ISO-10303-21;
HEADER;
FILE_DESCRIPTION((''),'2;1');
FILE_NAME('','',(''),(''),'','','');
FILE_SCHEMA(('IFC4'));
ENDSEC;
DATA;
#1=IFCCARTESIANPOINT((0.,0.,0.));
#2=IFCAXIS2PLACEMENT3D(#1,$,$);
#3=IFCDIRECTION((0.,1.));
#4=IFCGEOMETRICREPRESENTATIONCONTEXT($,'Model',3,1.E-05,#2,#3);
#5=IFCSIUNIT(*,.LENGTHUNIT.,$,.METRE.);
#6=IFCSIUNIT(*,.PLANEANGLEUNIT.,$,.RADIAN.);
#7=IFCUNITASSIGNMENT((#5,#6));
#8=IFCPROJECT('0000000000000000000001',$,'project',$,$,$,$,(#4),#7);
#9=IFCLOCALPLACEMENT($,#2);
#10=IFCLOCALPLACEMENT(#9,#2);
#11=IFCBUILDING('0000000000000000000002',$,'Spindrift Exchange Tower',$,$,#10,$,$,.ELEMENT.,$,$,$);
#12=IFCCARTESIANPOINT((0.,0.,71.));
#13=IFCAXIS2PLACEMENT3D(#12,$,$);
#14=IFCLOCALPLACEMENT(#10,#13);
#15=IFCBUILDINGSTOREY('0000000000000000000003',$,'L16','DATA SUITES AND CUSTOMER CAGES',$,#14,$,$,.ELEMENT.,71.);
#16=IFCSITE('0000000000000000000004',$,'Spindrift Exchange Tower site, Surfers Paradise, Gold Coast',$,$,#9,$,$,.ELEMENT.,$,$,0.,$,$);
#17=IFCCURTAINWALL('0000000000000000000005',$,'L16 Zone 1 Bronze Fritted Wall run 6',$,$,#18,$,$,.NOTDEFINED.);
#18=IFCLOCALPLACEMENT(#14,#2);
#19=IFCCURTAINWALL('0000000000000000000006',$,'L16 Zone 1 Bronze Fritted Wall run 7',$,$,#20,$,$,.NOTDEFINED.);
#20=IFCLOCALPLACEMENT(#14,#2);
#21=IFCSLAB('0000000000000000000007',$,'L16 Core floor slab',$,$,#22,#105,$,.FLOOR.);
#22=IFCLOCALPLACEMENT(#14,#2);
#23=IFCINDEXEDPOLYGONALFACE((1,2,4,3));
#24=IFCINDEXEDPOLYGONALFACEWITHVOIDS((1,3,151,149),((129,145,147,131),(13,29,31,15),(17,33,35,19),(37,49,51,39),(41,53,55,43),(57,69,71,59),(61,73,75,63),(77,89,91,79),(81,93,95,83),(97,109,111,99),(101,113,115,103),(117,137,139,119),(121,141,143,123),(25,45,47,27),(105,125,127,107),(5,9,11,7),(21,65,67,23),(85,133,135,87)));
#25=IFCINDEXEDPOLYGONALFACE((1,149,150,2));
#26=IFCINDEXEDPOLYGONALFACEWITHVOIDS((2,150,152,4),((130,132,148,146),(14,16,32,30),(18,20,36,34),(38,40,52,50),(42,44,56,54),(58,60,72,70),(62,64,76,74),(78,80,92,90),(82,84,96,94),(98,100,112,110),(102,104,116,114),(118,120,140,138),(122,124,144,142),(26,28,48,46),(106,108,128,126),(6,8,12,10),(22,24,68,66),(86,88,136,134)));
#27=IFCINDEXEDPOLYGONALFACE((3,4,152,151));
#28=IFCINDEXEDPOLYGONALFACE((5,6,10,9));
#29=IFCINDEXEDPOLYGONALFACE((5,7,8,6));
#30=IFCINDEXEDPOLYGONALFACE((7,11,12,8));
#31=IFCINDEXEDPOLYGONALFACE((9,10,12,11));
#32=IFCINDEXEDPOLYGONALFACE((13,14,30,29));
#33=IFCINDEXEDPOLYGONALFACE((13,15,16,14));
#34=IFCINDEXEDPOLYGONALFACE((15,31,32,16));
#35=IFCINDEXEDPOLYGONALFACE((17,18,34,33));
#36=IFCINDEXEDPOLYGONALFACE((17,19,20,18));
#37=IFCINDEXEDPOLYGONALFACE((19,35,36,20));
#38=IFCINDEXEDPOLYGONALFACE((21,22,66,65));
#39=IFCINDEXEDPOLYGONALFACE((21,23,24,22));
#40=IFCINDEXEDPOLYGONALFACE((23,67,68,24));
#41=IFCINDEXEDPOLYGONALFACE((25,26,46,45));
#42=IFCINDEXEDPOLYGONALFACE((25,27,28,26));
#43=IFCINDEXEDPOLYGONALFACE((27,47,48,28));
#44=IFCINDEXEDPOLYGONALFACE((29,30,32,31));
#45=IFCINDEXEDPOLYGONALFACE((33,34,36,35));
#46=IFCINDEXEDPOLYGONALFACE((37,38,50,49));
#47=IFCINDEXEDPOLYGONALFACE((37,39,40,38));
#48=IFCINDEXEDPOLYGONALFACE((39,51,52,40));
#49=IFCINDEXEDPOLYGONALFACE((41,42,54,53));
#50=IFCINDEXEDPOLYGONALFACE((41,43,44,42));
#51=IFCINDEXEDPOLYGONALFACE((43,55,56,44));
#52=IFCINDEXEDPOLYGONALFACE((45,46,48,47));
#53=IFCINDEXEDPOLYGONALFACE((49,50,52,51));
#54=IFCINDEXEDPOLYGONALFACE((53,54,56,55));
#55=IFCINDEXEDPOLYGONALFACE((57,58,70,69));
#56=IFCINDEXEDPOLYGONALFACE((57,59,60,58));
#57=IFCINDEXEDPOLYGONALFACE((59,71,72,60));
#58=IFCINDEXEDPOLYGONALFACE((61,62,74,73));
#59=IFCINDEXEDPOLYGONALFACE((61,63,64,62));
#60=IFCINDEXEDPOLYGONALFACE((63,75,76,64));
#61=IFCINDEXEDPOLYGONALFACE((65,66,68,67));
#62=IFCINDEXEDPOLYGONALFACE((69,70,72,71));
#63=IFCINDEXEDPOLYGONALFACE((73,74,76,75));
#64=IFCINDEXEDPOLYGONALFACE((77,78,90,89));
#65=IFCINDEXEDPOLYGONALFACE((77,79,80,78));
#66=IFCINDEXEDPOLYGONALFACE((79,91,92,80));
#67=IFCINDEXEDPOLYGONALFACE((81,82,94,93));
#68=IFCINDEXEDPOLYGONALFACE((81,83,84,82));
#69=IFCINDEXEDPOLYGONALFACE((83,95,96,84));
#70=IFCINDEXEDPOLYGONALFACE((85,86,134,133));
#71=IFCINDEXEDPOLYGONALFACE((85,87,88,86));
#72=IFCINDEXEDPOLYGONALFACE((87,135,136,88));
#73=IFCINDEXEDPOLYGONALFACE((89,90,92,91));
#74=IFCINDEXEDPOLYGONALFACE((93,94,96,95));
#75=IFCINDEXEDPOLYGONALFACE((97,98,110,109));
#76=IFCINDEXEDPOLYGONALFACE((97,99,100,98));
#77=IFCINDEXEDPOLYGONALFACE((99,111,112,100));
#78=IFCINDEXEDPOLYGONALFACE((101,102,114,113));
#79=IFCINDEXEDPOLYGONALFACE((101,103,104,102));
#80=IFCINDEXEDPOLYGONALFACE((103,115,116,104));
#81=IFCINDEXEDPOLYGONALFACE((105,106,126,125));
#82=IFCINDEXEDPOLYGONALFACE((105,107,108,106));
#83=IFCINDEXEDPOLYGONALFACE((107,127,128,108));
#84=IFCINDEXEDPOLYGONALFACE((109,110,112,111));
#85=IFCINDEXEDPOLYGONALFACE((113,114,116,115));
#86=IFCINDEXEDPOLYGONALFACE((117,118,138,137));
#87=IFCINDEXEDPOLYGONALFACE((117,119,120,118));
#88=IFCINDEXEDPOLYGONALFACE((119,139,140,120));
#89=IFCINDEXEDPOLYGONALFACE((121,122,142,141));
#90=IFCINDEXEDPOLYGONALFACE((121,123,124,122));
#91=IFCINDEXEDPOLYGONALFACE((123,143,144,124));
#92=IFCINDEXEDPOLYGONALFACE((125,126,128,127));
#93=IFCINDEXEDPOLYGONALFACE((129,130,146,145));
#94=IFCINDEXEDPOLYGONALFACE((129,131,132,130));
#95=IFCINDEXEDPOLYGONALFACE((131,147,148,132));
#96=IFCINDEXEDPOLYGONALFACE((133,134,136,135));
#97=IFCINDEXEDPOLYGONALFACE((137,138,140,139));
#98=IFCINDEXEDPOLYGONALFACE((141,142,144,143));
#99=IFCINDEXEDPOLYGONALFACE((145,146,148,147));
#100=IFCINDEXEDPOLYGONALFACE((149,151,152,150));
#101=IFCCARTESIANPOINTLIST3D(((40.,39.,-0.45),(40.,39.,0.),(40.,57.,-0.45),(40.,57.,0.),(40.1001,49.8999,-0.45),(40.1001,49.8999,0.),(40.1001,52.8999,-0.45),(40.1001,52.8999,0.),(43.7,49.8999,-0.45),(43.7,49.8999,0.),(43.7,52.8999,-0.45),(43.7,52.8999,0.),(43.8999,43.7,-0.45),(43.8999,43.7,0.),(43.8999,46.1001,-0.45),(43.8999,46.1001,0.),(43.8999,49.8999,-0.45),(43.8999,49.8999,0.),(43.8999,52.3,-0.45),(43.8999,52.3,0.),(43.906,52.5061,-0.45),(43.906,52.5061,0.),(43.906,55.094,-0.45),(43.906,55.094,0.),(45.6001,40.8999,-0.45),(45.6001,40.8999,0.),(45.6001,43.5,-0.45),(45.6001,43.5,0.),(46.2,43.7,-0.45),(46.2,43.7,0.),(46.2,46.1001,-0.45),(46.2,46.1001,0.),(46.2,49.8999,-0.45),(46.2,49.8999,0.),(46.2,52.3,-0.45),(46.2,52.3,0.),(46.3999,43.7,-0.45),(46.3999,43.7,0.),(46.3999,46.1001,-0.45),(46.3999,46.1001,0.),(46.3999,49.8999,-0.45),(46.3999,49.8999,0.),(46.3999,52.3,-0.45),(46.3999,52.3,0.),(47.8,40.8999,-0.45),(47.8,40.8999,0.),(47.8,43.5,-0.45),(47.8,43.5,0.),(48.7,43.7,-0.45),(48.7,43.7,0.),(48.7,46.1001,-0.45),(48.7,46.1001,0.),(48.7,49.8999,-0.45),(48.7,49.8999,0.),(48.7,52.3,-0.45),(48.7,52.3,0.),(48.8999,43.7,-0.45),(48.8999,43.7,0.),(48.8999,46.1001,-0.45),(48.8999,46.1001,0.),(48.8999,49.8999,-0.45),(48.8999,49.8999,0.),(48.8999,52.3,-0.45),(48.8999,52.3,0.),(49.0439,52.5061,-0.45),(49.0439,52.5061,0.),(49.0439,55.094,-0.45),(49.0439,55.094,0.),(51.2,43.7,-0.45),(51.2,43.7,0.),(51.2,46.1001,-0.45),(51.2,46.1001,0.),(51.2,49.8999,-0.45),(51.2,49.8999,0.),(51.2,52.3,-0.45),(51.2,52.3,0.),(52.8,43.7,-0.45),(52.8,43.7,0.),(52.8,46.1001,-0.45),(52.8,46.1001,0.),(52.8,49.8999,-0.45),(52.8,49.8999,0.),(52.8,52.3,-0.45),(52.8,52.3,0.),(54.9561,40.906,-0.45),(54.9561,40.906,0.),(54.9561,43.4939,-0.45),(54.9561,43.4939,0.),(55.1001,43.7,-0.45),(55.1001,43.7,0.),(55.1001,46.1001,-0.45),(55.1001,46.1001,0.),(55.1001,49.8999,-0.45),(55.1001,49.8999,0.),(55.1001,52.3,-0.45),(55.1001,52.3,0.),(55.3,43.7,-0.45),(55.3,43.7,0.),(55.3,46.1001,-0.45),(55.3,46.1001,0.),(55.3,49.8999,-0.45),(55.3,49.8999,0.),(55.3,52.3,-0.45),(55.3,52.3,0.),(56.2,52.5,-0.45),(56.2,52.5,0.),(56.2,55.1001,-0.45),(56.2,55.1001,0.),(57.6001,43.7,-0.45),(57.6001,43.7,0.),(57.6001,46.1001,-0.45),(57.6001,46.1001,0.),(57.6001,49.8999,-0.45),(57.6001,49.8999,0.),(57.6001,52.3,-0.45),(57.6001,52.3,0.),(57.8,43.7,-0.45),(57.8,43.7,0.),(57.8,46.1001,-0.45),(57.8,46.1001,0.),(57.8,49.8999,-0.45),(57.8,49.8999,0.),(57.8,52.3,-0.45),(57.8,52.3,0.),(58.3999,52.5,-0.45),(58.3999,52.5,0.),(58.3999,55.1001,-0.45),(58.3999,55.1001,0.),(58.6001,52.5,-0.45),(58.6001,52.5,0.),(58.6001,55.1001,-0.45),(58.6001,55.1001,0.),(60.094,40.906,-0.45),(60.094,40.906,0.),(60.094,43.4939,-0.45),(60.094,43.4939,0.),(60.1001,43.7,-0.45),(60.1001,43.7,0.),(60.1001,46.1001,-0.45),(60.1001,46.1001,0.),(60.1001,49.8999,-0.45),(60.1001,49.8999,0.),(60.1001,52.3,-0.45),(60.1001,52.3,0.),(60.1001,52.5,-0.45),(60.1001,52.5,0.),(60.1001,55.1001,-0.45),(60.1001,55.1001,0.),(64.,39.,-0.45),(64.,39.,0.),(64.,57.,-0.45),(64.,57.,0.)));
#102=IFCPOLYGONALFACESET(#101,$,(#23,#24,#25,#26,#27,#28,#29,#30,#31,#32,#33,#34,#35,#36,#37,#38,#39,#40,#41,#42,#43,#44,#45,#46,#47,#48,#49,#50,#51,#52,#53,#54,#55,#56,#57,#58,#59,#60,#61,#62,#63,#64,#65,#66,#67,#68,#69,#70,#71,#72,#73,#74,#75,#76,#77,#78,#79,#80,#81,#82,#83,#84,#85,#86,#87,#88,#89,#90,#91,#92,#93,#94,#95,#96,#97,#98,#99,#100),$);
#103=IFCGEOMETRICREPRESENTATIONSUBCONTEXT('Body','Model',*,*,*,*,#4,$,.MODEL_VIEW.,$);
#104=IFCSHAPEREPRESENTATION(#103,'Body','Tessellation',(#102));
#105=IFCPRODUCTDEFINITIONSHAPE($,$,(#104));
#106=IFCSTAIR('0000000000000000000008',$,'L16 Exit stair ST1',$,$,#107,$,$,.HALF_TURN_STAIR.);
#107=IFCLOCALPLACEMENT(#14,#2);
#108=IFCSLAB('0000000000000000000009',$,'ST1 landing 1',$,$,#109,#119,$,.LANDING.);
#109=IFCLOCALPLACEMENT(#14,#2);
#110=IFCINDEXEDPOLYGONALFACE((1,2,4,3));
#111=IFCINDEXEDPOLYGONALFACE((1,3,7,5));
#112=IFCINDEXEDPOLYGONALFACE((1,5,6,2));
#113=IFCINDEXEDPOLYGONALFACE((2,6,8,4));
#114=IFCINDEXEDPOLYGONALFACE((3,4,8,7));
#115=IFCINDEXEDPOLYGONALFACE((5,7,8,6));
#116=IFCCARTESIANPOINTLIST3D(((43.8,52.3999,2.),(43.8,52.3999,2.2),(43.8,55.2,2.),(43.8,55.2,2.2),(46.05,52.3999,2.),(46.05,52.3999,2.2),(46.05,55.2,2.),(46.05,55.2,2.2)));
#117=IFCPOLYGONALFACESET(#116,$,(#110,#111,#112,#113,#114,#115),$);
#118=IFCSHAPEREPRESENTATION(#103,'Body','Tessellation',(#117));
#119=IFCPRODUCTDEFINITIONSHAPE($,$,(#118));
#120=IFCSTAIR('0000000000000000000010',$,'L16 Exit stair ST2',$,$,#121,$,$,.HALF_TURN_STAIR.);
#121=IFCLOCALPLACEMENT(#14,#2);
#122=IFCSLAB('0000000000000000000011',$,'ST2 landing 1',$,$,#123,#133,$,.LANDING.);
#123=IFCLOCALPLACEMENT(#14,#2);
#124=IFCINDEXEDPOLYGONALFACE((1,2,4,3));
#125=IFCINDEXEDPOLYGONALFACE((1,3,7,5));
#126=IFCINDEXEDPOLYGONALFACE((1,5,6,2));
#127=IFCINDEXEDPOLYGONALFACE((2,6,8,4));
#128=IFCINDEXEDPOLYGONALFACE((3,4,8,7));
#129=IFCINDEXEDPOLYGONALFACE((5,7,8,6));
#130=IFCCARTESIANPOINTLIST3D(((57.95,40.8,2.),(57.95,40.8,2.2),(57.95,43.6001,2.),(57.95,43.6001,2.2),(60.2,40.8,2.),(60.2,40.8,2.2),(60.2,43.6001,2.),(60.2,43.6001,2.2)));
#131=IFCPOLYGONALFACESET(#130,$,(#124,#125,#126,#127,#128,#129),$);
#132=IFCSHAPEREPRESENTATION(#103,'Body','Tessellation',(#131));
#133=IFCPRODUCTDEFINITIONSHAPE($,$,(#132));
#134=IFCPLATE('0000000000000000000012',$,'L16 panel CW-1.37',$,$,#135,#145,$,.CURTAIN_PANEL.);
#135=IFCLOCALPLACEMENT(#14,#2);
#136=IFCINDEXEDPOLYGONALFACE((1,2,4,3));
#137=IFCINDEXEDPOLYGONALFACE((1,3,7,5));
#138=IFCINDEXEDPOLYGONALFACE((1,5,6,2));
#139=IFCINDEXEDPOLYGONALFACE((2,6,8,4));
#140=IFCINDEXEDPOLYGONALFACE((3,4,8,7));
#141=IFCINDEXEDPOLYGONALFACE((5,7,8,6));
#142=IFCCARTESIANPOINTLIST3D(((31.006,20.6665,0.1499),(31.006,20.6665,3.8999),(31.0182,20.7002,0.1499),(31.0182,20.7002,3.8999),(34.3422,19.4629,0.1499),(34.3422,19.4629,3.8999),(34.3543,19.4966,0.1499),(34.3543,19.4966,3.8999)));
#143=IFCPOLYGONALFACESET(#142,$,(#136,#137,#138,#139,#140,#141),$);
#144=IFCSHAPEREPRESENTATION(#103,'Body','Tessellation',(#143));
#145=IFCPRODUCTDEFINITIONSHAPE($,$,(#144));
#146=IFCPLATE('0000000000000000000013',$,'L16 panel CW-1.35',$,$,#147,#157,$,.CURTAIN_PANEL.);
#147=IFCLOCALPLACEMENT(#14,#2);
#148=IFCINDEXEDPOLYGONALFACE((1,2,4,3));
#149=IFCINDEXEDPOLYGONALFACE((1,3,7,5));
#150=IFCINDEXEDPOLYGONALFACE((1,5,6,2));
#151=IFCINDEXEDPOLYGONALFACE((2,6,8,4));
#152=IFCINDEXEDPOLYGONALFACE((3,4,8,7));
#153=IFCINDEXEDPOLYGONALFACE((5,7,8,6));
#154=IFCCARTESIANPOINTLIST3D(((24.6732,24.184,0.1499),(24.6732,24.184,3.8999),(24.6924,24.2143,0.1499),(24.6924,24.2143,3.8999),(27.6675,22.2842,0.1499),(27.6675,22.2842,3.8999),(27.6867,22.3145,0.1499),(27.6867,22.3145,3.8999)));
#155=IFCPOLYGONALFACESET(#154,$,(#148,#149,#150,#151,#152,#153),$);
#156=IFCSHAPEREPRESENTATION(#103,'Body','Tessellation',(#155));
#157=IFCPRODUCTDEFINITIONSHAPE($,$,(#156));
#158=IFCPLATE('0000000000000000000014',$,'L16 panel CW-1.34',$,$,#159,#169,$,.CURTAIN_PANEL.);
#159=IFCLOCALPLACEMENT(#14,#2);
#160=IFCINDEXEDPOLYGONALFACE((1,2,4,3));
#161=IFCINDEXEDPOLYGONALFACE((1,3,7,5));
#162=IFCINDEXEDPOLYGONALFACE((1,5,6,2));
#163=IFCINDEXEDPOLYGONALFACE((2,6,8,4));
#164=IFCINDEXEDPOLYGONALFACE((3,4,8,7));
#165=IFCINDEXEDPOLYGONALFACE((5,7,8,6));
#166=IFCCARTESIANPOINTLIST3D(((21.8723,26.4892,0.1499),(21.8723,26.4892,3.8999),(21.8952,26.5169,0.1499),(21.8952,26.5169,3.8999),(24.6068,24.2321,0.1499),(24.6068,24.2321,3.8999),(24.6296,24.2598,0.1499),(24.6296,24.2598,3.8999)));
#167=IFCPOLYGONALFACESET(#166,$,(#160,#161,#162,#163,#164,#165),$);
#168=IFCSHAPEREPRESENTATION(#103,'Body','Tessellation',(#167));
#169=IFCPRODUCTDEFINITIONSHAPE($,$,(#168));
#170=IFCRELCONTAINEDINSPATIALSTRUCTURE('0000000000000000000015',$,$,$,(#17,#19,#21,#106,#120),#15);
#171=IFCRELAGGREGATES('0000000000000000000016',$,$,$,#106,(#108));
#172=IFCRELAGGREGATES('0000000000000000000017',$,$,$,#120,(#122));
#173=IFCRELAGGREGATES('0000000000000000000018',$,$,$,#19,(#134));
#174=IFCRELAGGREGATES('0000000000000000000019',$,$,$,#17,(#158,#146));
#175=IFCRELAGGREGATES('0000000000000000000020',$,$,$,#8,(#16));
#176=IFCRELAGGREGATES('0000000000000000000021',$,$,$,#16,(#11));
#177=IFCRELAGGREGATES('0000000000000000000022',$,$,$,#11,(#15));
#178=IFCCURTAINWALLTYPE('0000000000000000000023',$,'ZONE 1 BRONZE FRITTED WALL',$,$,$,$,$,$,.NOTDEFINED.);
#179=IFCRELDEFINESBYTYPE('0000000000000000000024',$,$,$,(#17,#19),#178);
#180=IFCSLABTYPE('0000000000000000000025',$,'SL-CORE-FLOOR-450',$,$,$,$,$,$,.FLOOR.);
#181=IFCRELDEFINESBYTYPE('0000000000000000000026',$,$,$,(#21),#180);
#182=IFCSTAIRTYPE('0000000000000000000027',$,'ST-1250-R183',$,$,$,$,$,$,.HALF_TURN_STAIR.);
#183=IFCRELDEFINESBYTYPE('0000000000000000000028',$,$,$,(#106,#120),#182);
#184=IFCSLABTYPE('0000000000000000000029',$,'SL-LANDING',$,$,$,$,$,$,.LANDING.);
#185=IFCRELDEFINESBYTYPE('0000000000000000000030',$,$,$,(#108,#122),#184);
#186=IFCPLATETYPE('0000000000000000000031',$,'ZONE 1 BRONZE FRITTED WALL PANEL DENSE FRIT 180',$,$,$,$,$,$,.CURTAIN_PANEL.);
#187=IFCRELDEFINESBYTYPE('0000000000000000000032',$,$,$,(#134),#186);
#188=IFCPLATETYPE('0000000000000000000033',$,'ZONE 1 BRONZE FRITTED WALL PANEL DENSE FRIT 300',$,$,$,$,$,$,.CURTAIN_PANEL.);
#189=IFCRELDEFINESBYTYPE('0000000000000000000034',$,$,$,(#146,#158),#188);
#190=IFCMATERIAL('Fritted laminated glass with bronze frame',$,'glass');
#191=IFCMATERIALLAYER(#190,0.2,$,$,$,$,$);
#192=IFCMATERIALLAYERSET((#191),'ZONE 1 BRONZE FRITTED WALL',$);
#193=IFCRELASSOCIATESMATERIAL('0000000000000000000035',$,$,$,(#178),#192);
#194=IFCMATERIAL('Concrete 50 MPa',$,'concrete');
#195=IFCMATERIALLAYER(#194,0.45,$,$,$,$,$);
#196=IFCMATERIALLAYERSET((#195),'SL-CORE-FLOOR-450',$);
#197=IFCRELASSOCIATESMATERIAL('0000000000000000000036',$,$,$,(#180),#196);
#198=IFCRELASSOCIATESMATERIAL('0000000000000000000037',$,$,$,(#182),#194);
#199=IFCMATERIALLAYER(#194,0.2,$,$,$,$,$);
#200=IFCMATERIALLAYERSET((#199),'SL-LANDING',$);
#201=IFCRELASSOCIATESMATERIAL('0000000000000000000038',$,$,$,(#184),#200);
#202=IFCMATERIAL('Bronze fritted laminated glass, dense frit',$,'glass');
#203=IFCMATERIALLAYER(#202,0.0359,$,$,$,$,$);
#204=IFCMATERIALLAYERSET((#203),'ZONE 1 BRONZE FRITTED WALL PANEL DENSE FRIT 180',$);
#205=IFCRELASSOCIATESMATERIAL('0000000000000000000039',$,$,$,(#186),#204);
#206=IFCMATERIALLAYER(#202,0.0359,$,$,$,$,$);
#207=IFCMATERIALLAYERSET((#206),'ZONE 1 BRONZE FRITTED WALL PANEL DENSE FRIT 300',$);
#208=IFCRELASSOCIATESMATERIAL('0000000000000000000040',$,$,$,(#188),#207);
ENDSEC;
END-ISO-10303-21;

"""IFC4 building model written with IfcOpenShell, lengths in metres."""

from ifc_helpers import new_model, si_unit, direction, frame, origin, origin_2d, place, context, subcontext, project, spatial, line, indexed_curve, rectangle, outline, extrude, source, transform, mapped, material, layer, layer_set, type_object, element, aggregate, save


model = new_model("IFC4")

# Units and contexts
model_context = context("Model", 3, precision=1e-05, world=origin(), true_north=direction((0.0, 1.0)))
body_context = subcontext(model_context, "Body", "Model", "MODEL_VIEW")
ifc_project = project(units=[si_unit("LENGTHUNIT", "METRE"), si_unit("PLANEANGLEUNIT", "RADIAN")], contexts=[model_context])

# Site, building, storey
site_placement = place(None, origin())
site = spatial("IfcSite", under=ifc_project, at=site_placement, Name="Spindrift Exchange Tower site, Surfers Paradise, Gold Coast", CompositionType="ELEMENT", RefElevation=0.0)
building_placement = place(site_placement, origin())
building = spatial("IfcBuilding", under=site, at=building_placement, Name="Spindrift Exchange Tower", CompositionType="ELEMENT")
storey_placement = place(building_placement, frame((0.0, 0.0, 71.0)))
storey = spatial("IfcBuildingStorey", under=building, at=storey_placement, Name="L16", Description="DATA SUITES AND CUSTOMER CAGES", CompositionType="ELEMENT", Elevation=71.0)

# Curtain wall
ifc_material_1 = material(Name="Fritted laminated glass with bronze frame", Category="glass")
ifc_layer_1 = layer(ifc_material_1, 0.2)
ifc_layer_set_1 = layer_set([ifc_layer_1], Name="ZONE 1 BRONZE FRITTED WALL")
curtain_wall_type = type_object("IfcCurtainWallType", Name="ZONE 1 BRONZE FRITTED WALL", PredefinedType="NOTDEFINED", material=ifc_layer_set_1)
curtain_wall_1_placement = place(storey_placement, origin())
curtain_wall_1 = element("IfcCurtainWall", 1, at=curtain_wall_1_placement, inside=storey, type_object=curtain_wall_type, Name="L16 Zone 1 Bronze Fritted Wall run 6", PredefinedType="NOTDEFINED")

# Curtain wall
curtain_wall_2_placement = place(storey_placement, origin())
curtain_wall_2 = element("IfcCurtainWall", 2, at=curtain_wall_2_placement, inside=storey, type_object=curtain_wall_type, Name="L16 Zone 1 Bronze Fritted Wall run 7", PredefinedType="NOTDEFINED")

# Slab
ifc_material_2 = material(Name="Concrete 50 MPa", Category="concrete")
ifc_layer_2 = layer(ifc_material_2, 0.45)
ifc_layer_set_2 = layer_set([ifc_layer_2], Name="SL-CORE-FLOOR-450")
slab_type_1 = type_object("IfcSlabType", Name="SL-CORE-FLOOR-450", PredefinedType="FLOOR", material=ifc_layer_set_2)
slab_1_placement = place(storey_placement, frame((0.0, 0.0, -0.45)))
element("IfcSlab", 3, at=slab_1_placement, inside=storey, type_object=slab_type_1, Name="L16 Core floor slab", PredefinedType="FLOOR", context=body_context, shape_type="SweptSolid", body=[
    extrude(outline(indexed_curve([(40.0, 39.0), (40.0, 57.0), (64.0, 57.0), (64.0, 39.0)], segments=[line(1, 2, 3, 4, 1)], self_intersect=False), holes=[indexed_curve([(47.8, 43.5), (45.6001, 43.5), (45.6001, 40.8999), (47.8, 40.8999)], segments=[line(1, 2, 3, 4, 1)], self_intersect=False), indexed_curve([(46.2, 46.1001), (43.8999, 46.1001), (43.8999, 43.7), (46.2, 43.7)], segments=[line(1, 2, 3, 4, 1)], self_intersect=False), indexed_curve([(48.7, 46.1001), (46.3999, 46.1001), (46.3999, 43.7), (48.7, 43.7)], segments=[line(1, 2, 3, 4, 1)], self_intersect=False), indexed_curve([(51.2, 46.1001), (48.8999, 46.1001), (48.8999, 43.7), (51.2, 43.7)], segments=[line(1, 2, 3, 4, 1)], self_intersect=False), indexed_curve([(46.2, 52.3), (43.8999, 52.3), (43.8999, 49.8999), (46.2, 49.8999)], segments=[line(1, 2, 3, 4, 1)], self_intersect=False), indexed_curve([(48.7, 52.3), (46.3999, 52.3), (46.3999, 49.8999), (48.7, 49.8999)], segments=[line(1, 2, 3, 4, 1)], self_intersect=False), indexed_curve([(51.2, 52.3), (48.8999, 52.3), (48.8999, 49.8999), (51.2, 49.8999)], segments=[line(1, 2, 3, 4, 1)], self_intersect=False), indexed_curve([(43.7, 49.8999), (43.7, 52.8999), (40.1001, 52.8999), (40.1001, 49.8999)], segments=[line(1, 2, 3, 4, 1)], self_intersect=False), indexed_curve([(49.0439, 55.094), (43.906, 55.094), (43.906, 52.5061), (49.0439, 52.5061)], segments=[line(1, 2, 3, 4, 1)], self_intersect=False), indexed_curve([(60.094, 40.906), (60.094, 43.4939), (54.9561, 43.4939), (54.9561, 40.906)], segments=[line(1, 2, 3, 4, 1)], self_intersect=False), indexed_curve([(55.1001, 46.1001), (52.8, 46.1001), (52.8, 43.7), (55.1001, 43.7)], segments=[line(1, 2, 3, 4, 1)], self_intersect=False), indexed_curve([(57.6001, 46.1001), (55.3, 46.1001), (55.3, 43.7), (57.6001, 43.7)], segments=[line(1, 2, 3, 4, 1)], self_intersect=False), indexed_curve([(60.1001, 46.1001), (57.8, 46.1001), (57.8, 43.7), (60.1001, 43.7)], segments=[line(1, 2, 3, 4, 1)], self_intersect=False), indexed_curve([(55.1001, 52.3), (52.8, 52.3), (52.8, 49.8999), (55.1001, 49.8999)], segments=[line(1, 2, 3, 4, 1)], self_intersect=False), indexed_curve([(57.6001, 52.3), (55.3, 52.3), (55.3, 49.8999), (57.6001, 49.8999)], segments=[line(1, 2, 3, 4, 1)], self_intersect=False), indexed_curve([(60.1001, 52.3), (57.8, 52.3), (57.8, 49.8999), (60.1001, 49.8999)], segments=[line(1, 2, 3, 4, 1)], self_intersect=False), indexed_curve([(58.3999, 52.5), (58.3999, 55.1001), (56.2, 55.1001), (56.2, 52.5)], segments=[line(1, 2, 3, 4, 1)], self_intersect=False), indexed_curve([(60.1001, 52.5), (60.1001, 55.1001), (58.6001, 55.1001), (58.6001, 52.5)], segments=[line(1, 2, 3, 4, 1)], self_intersect=False)]), origin(), (0.0, 0.0, 1.0), 0.45),
])

# Stairs, slabs
stair_type = type_object("IfcStairType", Name="ST-1250-R183", PredefinedType="HALF_TURN_STAIR", material=ifc_material_2)
stair_1_placement = place(storey_placement, origin())
stair_1 = element("IfcStair", 4, at=stair_1_placement, inside=storey, type_object=stair_type, Name="L16 Exit stair ST1", PredefinedType="HALF_TURN_STAIR")
ifc_layer_3 = layer(ifc_material_2, 0.2)
ifc_layer_set_3 = layer_set([ifc_layer_3], Name="SL-LANDING")
slab_type_2 = type_object("IfcSlabType", Name="SL-LANDING", PredefinedType="LANDING", material=ifc_layer_set_3)
slab_2_placement = place(storey_placement, frame((0.0, 0.0, 2.0)))
slab_2 = element("IfcSlab", 5, at=slab_2_placement, type_object=slab_type_2, Name="ST1 landing 1", PredefinedType="LANDING", context=body_context, shape_type="SweptSolid", body=[
    extrude(outline(indexed_curve([(46.05, 52.3999), (43.8, 52.3999), (43.8, 55.2), (46.05, 55.2)], segments=[line(1, 2, 3, 4, 1)], self_intersect=False)), origin(), (0.0, 0.0, 1.0), 0.2),
])
aggregate(stair_1, [slab_2])
stair_2_placement = place(storey_placement, origin())
stair_2 = element("IfcStair", 6, at=stair_2_placement, inside=storey, type_object=stair_type, Name="L16 Exit stair ST2", PredefinedType="HALF_TURN_STAIR")
slab_3_placement = place(storey_placement, frame((0.0, 0.0, 2.0)))
slab_3 = element("IfcSlab", 7, at=slab_3_placement, type_object=slab_type_2, Name="ST2 landing 1", PredefinedType="LANDING", context=body_context, shape_type="SweptSolid", body=[
    extrude(outline(indexed_curve([(57.95, 43.6001), (60.2, 43.6001), (60.2, 40.8), (57.95, 40.8)], segments=[line(1, 2, 3, 4, 1)], self_intersect=False)), origin(), (0.0, 0.0, 1.0), 0.2),
])
aggregate(stair_2, [slab_3])

# Plates
ifc_material_3 = material(Name="Bronze fritted laminated glass, dense frit", Category="glass")
ifc_layer_4 = layer(ifc_material_3, 0.0359)
ifc_layer_set_4 = layer_set([ifc_layer_4], Name="ZONE 1 BRONZE FRITTED WALL PANEL DENSE FRIT 180")
plate_type_1 = type_object("IfcPlateType", Name="ZONE 1 BRONZE FRITTED WALL PANEL DENSE FRIT 180", PredefinedType="CURTAIN_PANEL", material=ifc_layer_set_4)
shared_shape_1 = source(origin(), body_context, "Body", "SweptSolid", [
    extrude(rectangle(XDim=3.5466, YDim=0.0359, at=origin_2d()), origin(), (0.0, 0.0, 1.0), 3.75),
])
plate_1_placement = place(storey_placement, frame((32.6802, 20.0815, 0.1499), z_axis=(0.0, 0.0, 1.0), x_axis=(0.940654, -0.339368, 0.0)))
plate_1 = element("IfcPlate", 8, at=plate_1_placement, type_object=plate_type_1, Name="L16 panel CW-1.37", PredefinedType="CURTAIN_PANEL", context=body_context, shape_type="MappedRepresentation", body=[
    mapped(shared_shape_1, transform((0.0, 0.0, 0.0), scale=1.0)),
])
aggregate(curtain_wall_2, [plate_1])
ifc_layer_5 = layer(ifc_material_3, 0.0359)
ifc_layer_set_5 = layer_set([ifc_layer_5], Name="ZONE 1 BRONZE FRITTED WALL PANEL DENSE FRIT 300")
plate_type_2 = type_object("IfcPlateType", Name="ZONE 1 BRONZE FRITTED WALL PANEL DENSE FRIT 300", PredefinedType="CURTAIN_PANEL", material=ifc_layer_set_5)
shared_shape_2 = source(origin(), body_context, "Body", "SweptSolid", [
    extrude(rectangle(XDim=3.5461, YDim=0.0359, at=origin_2d()), origin(), (0.0, 0.0, 1.0), 3.75),
])
plate_2_placement = place(storey_placement, frame((26.1799, 23.2493, 0.1499), z_axis=(0.0, 0.0, 1.0), x_axis=(0.844388, -0.535732, 0.0)))
plate_2 = element("IfcPlate", 9, at=plate_2_placement, type_object=plate_type_2, Name="L16 panel CW-1.35", PredefinedType="CURTAIN_PANEL", context=body_context, shape_type="MappedRepresentation", body=[
    mapped(shared_shape_2, transform((0.0, 0.0, 0.0), scale=1.0)),
])
shared_shape_3 = source(origin(), body_context, "Body", "SweptSolid", [
    extrude(rectangle(XDim=3.5457, YDim=0.0359, at=origin_2d()), origin(), (0.0, 0.0, 1.0), 3.75),
])
plate_3_placement = place(storey_placement, frame((23.251, 25.3745, 0.1499), z_axis=(0.0, 0.0, 1.0), x_axis=(0.771208, -0.636583, 0.0)))
plate_3 = element("IfcPlate", 10, at=plate_3_placement, type_object=plate_type_2, Name="L16 panel CW-1.34", PredefinedType="CURTAIN_PANEL", context=body_context, shape_type="MappedRepresentation", body=[
    mapped(shared_shape_3, transform((0.0, 0.0, 0.0), scale=1.0)),
])
aggregate(curtain_wall_1, [plate_3, plate_2])

save(model, "model.ifc")
